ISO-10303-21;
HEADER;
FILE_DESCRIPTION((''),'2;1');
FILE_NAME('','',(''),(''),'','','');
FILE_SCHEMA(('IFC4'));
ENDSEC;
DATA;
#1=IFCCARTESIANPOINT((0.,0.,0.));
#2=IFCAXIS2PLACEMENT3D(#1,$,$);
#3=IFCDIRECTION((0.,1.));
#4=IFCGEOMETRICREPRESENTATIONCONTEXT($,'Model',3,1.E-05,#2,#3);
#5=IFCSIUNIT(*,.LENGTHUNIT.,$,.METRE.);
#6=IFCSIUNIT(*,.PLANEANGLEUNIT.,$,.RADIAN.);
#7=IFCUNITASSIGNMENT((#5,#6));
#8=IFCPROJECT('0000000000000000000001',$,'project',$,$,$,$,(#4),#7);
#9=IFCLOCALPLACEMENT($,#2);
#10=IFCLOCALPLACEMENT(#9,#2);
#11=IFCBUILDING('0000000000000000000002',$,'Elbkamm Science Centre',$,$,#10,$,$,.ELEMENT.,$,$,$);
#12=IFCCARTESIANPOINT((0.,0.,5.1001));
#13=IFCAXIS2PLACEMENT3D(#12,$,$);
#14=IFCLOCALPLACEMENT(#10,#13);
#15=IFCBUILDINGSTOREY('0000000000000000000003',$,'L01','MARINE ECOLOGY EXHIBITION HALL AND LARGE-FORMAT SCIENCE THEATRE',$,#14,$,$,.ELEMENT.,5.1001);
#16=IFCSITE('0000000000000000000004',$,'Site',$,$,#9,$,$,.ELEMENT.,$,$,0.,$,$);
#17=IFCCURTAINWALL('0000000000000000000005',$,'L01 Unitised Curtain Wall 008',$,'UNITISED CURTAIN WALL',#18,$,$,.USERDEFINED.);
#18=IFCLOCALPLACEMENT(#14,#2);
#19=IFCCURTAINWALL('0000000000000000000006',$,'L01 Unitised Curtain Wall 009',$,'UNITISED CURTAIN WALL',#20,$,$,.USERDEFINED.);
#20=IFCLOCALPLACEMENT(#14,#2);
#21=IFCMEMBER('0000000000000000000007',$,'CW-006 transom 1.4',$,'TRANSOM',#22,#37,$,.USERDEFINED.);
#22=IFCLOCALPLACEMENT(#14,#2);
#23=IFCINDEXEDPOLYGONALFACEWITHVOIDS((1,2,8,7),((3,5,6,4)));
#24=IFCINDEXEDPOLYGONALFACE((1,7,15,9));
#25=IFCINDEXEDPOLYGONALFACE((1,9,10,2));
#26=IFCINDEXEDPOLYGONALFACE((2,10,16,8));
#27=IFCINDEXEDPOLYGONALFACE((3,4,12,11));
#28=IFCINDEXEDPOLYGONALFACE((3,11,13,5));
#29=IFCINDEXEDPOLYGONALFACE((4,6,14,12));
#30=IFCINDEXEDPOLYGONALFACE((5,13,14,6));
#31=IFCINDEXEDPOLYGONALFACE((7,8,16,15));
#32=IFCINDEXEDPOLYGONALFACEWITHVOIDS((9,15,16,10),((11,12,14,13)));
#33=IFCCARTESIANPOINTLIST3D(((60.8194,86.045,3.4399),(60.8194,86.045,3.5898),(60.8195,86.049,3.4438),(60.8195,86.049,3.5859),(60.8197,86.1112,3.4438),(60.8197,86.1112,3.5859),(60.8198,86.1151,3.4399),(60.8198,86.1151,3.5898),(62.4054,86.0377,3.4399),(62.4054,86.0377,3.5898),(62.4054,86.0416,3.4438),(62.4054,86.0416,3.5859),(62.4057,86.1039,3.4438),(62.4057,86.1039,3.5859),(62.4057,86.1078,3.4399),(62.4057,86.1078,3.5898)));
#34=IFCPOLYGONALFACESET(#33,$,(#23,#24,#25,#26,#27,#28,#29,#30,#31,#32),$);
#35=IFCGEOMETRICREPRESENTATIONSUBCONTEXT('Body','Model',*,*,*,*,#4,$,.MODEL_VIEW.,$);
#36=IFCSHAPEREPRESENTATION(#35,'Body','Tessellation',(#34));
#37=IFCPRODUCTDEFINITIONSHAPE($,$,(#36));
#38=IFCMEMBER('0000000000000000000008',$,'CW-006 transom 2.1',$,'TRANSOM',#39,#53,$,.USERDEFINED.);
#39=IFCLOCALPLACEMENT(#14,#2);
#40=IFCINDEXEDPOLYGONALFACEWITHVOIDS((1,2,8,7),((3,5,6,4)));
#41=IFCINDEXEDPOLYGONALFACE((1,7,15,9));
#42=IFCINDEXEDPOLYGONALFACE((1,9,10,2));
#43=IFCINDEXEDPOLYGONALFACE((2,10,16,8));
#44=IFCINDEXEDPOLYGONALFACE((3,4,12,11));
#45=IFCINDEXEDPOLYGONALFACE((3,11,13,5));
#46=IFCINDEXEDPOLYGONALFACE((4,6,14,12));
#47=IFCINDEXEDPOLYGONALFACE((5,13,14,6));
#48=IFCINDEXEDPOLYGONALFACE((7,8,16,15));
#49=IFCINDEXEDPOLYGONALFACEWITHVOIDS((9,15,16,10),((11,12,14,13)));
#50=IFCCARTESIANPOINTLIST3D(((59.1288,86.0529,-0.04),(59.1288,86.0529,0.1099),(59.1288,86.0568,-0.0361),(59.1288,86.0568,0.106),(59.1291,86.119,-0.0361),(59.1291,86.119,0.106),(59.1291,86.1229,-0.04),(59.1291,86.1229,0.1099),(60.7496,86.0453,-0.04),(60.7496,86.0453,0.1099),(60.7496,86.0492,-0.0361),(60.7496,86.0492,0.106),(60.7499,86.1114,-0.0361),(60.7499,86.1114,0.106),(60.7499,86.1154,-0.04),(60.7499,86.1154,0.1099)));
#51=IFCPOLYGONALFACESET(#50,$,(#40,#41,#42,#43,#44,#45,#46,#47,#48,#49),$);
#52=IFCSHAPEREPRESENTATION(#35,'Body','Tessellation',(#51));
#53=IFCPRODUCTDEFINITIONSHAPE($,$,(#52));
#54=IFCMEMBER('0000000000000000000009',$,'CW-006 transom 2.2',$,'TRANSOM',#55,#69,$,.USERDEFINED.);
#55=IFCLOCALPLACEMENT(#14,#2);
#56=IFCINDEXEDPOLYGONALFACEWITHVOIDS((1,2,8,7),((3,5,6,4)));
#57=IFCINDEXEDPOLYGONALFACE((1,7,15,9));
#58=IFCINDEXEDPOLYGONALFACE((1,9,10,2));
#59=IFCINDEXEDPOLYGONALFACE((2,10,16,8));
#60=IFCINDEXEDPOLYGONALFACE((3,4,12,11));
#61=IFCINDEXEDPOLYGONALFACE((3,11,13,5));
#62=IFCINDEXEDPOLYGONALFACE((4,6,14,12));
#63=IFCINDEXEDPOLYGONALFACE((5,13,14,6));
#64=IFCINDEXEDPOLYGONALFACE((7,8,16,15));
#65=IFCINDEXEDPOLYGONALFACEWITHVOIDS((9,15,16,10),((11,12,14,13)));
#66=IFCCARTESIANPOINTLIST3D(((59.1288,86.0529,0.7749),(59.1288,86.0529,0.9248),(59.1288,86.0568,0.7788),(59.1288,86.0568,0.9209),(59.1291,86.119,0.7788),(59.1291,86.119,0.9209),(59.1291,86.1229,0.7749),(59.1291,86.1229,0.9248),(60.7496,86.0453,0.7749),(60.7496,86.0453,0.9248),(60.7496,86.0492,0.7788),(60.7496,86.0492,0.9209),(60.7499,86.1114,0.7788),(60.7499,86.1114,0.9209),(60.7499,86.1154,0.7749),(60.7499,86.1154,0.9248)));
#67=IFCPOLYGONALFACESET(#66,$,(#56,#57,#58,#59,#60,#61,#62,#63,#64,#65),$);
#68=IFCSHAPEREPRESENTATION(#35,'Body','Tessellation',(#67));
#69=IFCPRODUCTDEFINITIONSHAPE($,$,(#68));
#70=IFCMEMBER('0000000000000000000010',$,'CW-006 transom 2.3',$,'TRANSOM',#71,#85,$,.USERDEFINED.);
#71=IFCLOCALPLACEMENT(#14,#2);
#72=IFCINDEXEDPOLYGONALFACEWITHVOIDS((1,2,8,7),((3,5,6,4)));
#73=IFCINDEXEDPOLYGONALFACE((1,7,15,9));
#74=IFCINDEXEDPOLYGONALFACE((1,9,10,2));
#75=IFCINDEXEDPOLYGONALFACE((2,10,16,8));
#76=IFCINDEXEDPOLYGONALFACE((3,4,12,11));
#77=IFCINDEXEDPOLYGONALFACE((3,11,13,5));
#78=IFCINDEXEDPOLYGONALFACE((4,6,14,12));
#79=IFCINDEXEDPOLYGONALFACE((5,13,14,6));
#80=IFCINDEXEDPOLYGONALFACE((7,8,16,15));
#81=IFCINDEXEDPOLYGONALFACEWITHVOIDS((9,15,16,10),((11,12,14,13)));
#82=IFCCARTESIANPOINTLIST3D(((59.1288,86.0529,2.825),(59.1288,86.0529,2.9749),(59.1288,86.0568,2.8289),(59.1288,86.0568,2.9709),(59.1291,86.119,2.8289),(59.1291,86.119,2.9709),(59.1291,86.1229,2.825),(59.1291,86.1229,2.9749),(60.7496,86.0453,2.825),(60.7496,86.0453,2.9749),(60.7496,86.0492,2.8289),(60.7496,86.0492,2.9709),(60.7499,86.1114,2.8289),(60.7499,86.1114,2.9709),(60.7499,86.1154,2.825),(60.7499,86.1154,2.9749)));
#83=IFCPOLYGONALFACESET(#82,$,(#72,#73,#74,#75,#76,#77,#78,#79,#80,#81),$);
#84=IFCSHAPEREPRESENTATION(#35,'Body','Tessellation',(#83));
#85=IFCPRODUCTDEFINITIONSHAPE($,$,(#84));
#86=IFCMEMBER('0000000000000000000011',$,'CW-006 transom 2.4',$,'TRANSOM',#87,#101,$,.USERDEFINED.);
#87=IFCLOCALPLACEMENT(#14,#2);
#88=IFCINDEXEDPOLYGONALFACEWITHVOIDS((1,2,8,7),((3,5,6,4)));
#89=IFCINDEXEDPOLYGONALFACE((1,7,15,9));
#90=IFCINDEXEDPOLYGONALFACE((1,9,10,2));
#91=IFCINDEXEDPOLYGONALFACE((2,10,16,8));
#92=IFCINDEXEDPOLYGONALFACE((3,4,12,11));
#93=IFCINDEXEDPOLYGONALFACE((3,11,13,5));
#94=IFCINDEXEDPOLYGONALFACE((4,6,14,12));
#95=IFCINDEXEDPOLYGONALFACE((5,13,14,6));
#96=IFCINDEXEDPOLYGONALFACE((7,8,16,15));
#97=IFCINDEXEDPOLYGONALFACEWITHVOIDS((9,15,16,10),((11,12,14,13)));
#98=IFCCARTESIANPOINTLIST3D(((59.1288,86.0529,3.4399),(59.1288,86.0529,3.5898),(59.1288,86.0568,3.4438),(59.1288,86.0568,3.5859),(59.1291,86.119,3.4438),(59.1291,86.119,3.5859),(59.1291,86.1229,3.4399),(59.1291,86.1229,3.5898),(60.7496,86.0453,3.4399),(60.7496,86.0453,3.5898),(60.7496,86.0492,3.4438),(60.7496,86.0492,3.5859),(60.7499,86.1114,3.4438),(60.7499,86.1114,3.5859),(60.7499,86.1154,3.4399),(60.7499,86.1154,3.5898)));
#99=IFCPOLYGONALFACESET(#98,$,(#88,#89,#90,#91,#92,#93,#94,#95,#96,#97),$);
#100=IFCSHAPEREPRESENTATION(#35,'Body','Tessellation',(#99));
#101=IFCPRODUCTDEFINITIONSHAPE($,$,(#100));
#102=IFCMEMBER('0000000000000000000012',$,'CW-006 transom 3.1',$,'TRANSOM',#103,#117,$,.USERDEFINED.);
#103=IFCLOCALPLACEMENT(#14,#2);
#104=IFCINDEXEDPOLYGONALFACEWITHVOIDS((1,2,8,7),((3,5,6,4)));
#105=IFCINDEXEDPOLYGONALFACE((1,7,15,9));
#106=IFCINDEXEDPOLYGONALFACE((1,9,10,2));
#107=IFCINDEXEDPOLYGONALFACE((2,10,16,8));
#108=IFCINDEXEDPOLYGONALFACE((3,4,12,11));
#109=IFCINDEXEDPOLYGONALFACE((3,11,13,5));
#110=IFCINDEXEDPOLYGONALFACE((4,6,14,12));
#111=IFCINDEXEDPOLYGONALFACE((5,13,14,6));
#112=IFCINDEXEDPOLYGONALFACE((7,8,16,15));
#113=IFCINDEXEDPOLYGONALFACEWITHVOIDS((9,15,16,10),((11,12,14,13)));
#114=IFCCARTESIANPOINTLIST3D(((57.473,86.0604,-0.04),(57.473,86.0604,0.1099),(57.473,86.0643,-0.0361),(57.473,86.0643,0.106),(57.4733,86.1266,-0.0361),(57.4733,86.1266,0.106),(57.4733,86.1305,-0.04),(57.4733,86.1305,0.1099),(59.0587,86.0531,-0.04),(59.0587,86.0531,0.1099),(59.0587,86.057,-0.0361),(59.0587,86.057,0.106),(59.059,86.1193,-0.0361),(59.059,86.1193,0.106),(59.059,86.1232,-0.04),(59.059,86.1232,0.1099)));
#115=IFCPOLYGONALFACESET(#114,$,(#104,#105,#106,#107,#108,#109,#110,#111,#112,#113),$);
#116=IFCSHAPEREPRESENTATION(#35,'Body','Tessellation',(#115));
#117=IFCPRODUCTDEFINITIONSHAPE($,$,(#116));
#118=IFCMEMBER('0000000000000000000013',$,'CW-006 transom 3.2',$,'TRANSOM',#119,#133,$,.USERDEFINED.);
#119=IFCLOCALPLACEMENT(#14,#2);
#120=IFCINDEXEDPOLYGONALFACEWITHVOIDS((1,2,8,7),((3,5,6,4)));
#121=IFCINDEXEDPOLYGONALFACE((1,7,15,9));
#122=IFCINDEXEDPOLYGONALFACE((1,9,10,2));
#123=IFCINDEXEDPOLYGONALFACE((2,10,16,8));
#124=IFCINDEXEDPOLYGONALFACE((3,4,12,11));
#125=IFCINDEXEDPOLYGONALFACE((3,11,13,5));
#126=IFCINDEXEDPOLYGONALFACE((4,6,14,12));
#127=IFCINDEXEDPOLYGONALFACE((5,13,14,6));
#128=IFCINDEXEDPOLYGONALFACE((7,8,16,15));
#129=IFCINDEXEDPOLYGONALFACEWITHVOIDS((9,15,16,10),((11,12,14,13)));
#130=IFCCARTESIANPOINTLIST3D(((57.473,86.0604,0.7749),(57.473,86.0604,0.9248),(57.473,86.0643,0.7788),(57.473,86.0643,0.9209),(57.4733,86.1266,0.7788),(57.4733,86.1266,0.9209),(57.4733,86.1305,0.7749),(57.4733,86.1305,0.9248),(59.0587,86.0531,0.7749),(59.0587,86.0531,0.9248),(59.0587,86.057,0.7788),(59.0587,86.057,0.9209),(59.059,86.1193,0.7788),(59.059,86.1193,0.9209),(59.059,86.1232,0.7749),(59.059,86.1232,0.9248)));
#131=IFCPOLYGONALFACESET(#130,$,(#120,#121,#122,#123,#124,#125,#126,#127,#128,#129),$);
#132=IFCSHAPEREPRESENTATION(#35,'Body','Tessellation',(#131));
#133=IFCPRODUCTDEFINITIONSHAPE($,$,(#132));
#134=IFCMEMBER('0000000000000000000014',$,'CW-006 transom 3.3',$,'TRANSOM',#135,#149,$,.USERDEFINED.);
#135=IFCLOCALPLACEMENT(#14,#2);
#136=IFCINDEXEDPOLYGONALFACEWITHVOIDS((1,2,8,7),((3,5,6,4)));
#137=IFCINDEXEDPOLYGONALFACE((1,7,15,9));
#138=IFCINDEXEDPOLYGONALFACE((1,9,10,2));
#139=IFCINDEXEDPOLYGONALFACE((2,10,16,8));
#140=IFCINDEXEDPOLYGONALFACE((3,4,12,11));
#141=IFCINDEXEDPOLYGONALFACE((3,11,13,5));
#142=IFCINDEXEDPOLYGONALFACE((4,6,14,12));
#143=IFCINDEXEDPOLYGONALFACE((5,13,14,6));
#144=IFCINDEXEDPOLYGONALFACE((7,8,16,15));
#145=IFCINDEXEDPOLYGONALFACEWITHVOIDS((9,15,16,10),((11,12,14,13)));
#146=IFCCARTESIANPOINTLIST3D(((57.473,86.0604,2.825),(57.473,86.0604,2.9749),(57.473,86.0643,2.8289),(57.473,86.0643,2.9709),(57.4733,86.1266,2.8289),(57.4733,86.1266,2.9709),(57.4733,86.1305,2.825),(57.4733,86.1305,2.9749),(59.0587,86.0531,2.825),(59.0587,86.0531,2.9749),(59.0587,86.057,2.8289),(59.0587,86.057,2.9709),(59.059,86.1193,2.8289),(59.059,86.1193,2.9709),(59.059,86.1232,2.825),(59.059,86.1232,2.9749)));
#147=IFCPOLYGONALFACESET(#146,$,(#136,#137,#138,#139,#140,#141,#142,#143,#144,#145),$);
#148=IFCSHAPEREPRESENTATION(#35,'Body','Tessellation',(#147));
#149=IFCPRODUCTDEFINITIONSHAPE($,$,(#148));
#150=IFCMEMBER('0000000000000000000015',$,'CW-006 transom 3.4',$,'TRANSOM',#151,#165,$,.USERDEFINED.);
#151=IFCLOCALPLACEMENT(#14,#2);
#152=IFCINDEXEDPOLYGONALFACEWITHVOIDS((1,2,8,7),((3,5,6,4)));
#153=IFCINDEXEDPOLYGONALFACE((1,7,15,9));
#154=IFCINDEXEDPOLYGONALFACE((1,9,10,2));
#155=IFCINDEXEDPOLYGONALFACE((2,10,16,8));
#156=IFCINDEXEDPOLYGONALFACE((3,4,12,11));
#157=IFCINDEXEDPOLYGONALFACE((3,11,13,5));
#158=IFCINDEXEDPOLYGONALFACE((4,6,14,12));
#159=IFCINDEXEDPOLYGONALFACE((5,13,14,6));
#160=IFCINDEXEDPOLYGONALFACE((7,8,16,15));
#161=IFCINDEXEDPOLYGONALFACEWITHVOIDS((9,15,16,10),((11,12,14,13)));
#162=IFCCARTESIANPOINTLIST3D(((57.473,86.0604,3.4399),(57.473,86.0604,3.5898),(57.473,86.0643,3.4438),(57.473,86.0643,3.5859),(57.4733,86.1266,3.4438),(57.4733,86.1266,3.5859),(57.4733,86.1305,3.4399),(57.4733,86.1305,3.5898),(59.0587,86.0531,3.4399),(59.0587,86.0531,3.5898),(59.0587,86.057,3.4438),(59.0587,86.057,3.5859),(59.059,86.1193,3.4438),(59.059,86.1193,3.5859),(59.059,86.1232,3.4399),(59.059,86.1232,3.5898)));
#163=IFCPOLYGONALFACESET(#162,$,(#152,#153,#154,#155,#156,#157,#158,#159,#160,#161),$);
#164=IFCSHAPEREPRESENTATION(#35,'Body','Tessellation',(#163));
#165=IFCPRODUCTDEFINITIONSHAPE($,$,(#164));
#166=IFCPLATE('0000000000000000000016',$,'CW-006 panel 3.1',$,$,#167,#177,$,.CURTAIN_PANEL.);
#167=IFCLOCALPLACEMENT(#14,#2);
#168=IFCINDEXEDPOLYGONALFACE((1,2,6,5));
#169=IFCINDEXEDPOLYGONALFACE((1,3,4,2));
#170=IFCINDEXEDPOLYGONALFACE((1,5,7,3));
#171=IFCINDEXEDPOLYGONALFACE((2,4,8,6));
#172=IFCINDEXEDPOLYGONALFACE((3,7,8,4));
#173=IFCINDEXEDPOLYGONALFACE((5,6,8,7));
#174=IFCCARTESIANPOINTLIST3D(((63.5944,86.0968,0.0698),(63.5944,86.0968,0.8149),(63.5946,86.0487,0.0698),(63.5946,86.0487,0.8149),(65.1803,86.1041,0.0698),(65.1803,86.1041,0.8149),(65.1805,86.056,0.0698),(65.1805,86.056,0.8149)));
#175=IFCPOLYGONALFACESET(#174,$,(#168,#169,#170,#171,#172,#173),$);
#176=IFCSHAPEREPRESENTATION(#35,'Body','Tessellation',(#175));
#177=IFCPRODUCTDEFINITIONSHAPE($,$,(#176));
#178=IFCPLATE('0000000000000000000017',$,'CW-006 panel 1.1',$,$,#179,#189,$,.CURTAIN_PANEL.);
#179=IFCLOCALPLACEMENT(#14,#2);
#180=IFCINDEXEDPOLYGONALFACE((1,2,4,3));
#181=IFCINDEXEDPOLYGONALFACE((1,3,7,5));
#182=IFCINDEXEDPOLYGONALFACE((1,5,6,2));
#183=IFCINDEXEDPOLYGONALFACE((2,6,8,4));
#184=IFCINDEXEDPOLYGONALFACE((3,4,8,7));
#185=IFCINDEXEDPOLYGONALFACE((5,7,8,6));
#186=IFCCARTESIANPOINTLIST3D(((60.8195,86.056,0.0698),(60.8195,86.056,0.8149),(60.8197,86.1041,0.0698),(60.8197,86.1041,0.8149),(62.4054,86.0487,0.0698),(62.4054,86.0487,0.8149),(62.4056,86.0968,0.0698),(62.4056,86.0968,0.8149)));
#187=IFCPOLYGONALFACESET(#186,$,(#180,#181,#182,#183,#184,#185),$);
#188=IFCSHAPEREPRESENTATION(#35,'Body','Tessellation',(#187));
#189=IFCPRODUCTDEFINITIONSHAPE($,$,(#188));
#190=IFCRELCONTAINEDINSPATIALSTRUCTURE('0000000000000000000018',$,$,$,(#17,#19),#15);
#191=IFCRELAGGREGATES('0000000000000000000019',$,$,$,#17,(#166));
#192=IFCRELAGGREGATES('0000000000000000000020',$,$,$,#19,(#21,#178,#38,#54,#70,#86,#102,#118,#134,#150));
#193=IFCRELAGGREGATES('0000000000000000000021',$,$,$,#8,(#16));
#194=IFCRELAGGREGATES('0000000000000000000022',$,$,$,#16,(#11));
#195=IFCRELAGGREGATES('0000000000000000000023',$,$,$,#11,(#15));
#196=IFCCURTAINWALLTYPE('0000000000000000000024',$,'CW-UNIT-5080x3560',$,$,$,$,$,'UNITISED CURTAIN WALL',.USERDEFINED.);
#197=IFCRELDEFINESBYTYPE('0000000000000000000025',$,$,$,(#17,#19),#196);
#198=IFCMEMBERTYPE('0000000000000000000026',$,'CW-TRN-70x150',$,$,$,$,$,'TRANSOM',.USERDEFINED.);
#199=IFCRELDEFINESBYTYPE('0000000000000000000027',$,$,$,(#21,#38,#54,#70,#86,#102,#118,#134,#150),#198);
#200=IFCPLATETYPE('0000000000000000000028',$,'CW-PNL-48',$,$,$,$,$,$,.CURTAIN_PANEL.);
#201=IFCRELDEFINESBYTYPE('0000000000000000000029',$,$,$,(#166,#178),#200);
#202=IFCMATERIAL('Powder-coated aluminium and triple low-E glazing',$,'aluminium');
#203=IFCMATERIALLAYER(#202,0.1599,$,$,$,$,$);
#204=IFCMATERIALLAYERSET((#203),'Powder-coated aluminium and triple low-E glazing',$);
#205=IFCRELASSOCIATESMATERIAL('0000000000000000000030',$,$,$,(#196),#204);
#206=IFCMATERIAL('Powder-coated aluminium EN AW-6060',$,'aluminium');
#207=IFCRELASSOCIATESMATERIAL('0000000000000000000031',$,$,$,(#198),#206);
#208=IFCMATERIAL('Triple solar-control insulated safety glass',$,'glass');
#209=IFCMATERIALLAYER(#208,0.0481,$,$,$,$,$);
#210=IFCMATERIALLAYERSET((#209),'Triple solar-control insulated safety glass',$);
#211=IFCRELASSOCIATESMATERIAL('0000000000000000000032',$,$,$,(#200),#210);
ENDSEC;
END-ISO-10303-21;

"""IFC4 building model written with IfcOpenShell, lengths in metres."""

from ifc_helpers import new_model, si_unit, direction, frame, origin, origin_2d, place, context, subcontext, project, spatial, rectangle, hollow_rectangle, extrude, material, layer, layer_set, material_profile, profile_set, type_object, element, aggregate, save


model = new_model("IFC4")

# Units and contexts
model_context = context("Model", 3, precision=1e-05, world=origin(), true_north=direction((0.0, 1.0)))
body_context = subcontext(model_context, "Body", "Model", "MODEL_VIEW")
ifc_project = project(units=[si_unit("LENGTHUNIT", "METRE"), si_unit("PLANEANGLEUNIT", "RADIAN")], contexts=[model_context])

# Site, building, storey
site_placement = place(None, origin())
site = spatial("IfcSite", under=ifc_project, at=site_placement, Name="Site", CompositionType="ELEMENT", RefElevation=0.0)
building_placement = place(site_placement, origin())
building = spatial("IfcBuilding", under=site, at=building_placement, Name="Elbkamm Science Centre", CompositionType="ELEMENT")
storey_placement = place(building_placement, frame((0.0, 0.0, 5.1001)))
storey = spatial("IfcBuildingStorey", under=building, at=storey_placement, Name="L01", Description="MARINE ECOLOGY EXHIBITION HALL AND LARGE-FORMAT SCIENCE THEATRE", CompositionType="ELEMENT", Elevation=5.1001)

# Curtain wall
ifc_material_1 = material(Name="Powder-coated aluminium and triple low-E glazing", Category="aluminium")
ifc_layer_1 = layer(ifc_material_1, 0.1599)
ifc_layer_set_1 = layer_set([ifc_layer_1], Name="Powder-coated aluminium and triple low-E glazing")
curtain_wall_type = type_object("IfcCurtainWallType", Name="CW-UNIT-5080x3560", ElementType="UNITISED CURTAIN WALL", PredefinedType="USERDEFINED", material=ifc_layer_set_1)
curtain_wall_1_placement = place(storey_placement, origin())
curtain_wall_1 = element("IfcCurtainWall", 1, at=curtain_wall_1_placement, inside=storey, type_object=curtain_wall_type, Name="L01 Unitised Curtain Wall 008", ObjectType="UNITISED CURTAIN WALL", PredefinedType="USERDEFINED")
ifc_material_2 = material(Name="Powder-coated aluminium EN AW-6060", Category="aluminium")

# Curtain wall, members
curtain_wall_2_placement = place(storey_placement, origin())
curtain_wall_2 = element("IfcCurtainWall", 2, at=curtain_wall_2_placement, inside=storey, type_object=curtain_wall_type, Name="L01 Unitised Curtain Wall 009", ObjectType="UNITISED CURTAIN WALL", PredefinedType="USERDEFINED")
ifc_material_profile_1 = material_profile(ifc_material_2, hollow_rectangle(XDim=0.0701, YDim=0.1499, WallThickness=0.0039, at=origin_2d()), Name="ALU T70x150")
ifc_profile_set_1 = profile_set([ifc_material_profile_1], Name="Powder-coated aluminium EN AW-6060")
member_type_1 = type_object("IfcMemberType", Name="CW-TRN-70x150", ElementType="TRANSOM", PredefinedType="USERDEFINED", material=ifc_profile_set_1)
member_1_placement = place(storey_placement, frame((62.4055, 86.0728, 3.5149), z_axis=(-0.999989, 0.004618, 0.0), x_axis=(-0.004618, -0.999989, 0.0)))
member_1 = element("IfcMember", 3, at=member_1_placement, type_object=member_type_1, Name="CW-006 transom 1.4", ObjectType="TRANSOM", PredefinedType="USERDEFINED", context=body_context, shape_type="SweptSolid", body=[
    extrude(hollow_rectangle(XDim=0.0701, YDim=0.1499, WallThickness=0.0039, at=origin_2d()), origin(), (0.0, 0.0, 1.0), 1.5859),
])
member_2_placement = place(storey_placement, frame((60.7498, 86.0803, 0.0349), z_axis=(-0.999989, 0.004669, 0.0), x_axis=(-0.004669, -0.999989, 0.0)))
member_2 = element("IfcMember", 4, at=member_2_placement, type_object=member_type_1, Name="CW-006 transom 2.1", ObjectType="TRANSOM", PredefinedType="USERDEFINED", context=body_context, shape_type="SweptSolid", body=[
    extrude(hollow_rectangle(XDim=0.0701, YDim=0.1499, WallThickness=0.0039, at=origin_2d()), origin(), (0.0, 0.0, 1.0), 1.6208),
])
member_3_placement = place(storey_placement, frame((60.7498, 86.0803, 0.8499), z_axis=(-0.999989, 0.004669, 0.0), x_axis=(-0.004669, -0.999989, 0.0)))
member_3 = element("IfcMember", 5, at=member_3_placement, type_object=member_type_1, Name="CW-006 transom 2.2", ObjectType="TRANSOM", PredefinedType="USERDEFINED", context=body_context, shape_type="SweptSolid", body=[
    extrude(hollow_rectangle(XDim=0.0701, YDim=0.1499, WallThickness=0.0039, at=origin_2d()), origin(), (0.0, 0.0, 1.0), 1.6208),
])
member_4_placement = place(storey_placement, frame((60.7498, 86.0803, 2.8999), z_axis=(-0.999989, 0.004669, 0.0), x_axis=(-0.004669, -0.999989, 0.0)))
member_4 = element("IfcMember", 6, at=member_4_placement, type_object=member_type_1, Name="CW-006 transom 2.3", ObjectType="TRANSOM", PredefinedType="USERDEFINED", context=body_context, shape_type="SweptSolid", body=[
    extrude(hollow_rectangle(XDim=0.0701, YDim=0.1499, WallThickness=0.0039, at=origin_2d()), origin(), (0.0, 0.0, 1.0), 1.6208),
])
member_5_placement = place(storey_placement, frame((60.7498, 86.0803, 3.5149), z_axis=(-0.999989, 0.004669, 0.0), x_axis=(-0.004669, -0.999989, 0.0)))
member_5 = element("IfcMember", 7, at=member_5_placement, type_object=member_type_1, Name="CW-006 transom 2.4", ObjectType="TRANSOM", PredefinedType="USERDEFINED", context=body_context, shape_type="SweptSolid", body=[
    extrude(hollow_rectangle(XDim=0.0701, YDim=0.1499, WallThickness=0.0039, at=origin_2d()), origin(), (0.0, 0.0, 1.0), 1.6208),
])
member_6_placement = place(storey_placement, frame((59.0588, 86.0881, 0.0349), z_axis=(-0.999989, 0.004619, 0.0), x_axis=(-0.004619, -0.999989, 0.0)))
member_6 = element("IfcMember", 8, at=member_6_placement, type_object=member_type_1, Name="CW-006 transom 3.1", ObjectType="TRANSOM", PredefinedType="USERDEFINED", context=body_context, shape_type="SweptSolid", body=[
    extrude(hollow_rectangle(XDim=0.0701, YDim=0.1499, WallThickness=0.0039, at=origin_2d()), origin(), (0.0, 0.0, 1.0), 1.5857),
])
member_7_placement = place(storey_placement, frame((59.0588, 86.0881, 0.8499), z_axis=(-0.999989, 0.004619, 0.0), x_axis=(-0.004619, -0.999989, 0.0)))
member_7 = element("IfcMember", 9, at=member_7_placement, type_object=member_type_1, Name="CW-006 transom 3.2", ObjectType="TRANSOM", PredefinedType="USERDEFINED", context=body_context, shape_type="SweptSolid", body=[
    extrude(hollow_rectangle(XDim=0.0701, YDim=0.1499, WallThickness=0.0039, at=origin_2d()), origin(), (0.0, 0.0, 1.0), 1.5857),
])
member_8_placement = place(storey_placement, frame((59.0588, 86.0881, 2.8999), z_axis=(-0.999989, 0.004619, 0.0), x_axis=(-0.004619, -0.999989, 0.0)))
member_8 = element("IfcMember", 10, at=member_8_placement, type_object=member_type_1, Name="CW-006 transom 3.3", ObjectType="TRANSOM", PredefinedType="USERDEFINED", context=body_context, shape_type="SweptSolid", body=[
    extrude(hollow_rectangle(XDim=0.0701, YDim=0.1499, WallThickness=0.0039, at=origin_2d()), origin(), (0.0, 0.0, 1.0), 1.5857),
])
member_9_placement = place(storey_placement, frame((59.0588, 86.0881, 3.5149), z_axis=(-0.999989, 0.004619, 0.0), x_axis=(-0.004619, -0.999989, 0.0)))
member_9 = element("IfcMember", 11, at=member_9_placement, type_object=member_type_1, Name="CW-006 transom 3.4", ObjectType="TRANSOM", PredefinedType="USERDEFINED", context=body_context, shape_type="SweptSolid", body=[
    extrude(hollow_rectangle(XDim=0.0701, YDim=0.1499, WallThickness=0.0039, at=origin_2d()), origin(), (0.0, 0.0, 1.0), 1.5857),
])

# Plates
ifc_material_3 = material(Name="Triple solar-control insulated safety glass", Category="glass")
ifc_layer_2 = layer(ifc_material_3, 0.0481)
ifc_layer_set_2 = layer_set([ifc_layer_2], Name="Triple solar-control insulated safety glass")
plate_type = type_object("IfcPlateType", Name="CW-PNL-48", PredefinedType="CURTAIN_PANEL", material=ifc_layer_set_2)
plate_1_placement = place(storey_placement, frame((64.3875, 86.0764, 0.0698), z_axis=(0.0, 0.0, 1.0), x_axis=(-0.999989, -0.004633, 0.0)))
plate_1 = element("IfcPlate", 12, at=plate_1_placement, type_object=plate_type, Name="CW-006 panel 3.1", PredefinedType="CURTAIN_PANEL", context=body_context, shape_type="SweptSolid", body=[
    extrude(rectangle(XDim=1.5859, YDim=0.0481, at=origin_2d()), origin(), (0.0, 0.0, 1.0), 0.7451),
])
aggregate(curtain_wall_1, [plate_1])
plate_2_placement = place(storey_placement, frame((61.6125, 86.0764, 0.0698), z_axis=(0.0, 0.0, 1.0), x_axis=(-0.999989, 0.004633, 0.0)))
plate_2 = element("IfcPlate", 13, at=plate_2_placement, type_object=plate_type, Name="CW-006 panel 1.1", PredefinedType="CURTAIN_PANEL", context=body_context, shape_type="SweptSolid", body=[
    extrude(rectangle(XDim=1.5859, YDim=0.0481, at=origin_2d()), origin(), (0.0, 0.0, 1.0), 0.7451),
])
aggregate(curtain_wall_2, [member_1, plate_2, member_2, member_3, member_4, member_5, member_6, member_7, member_8, member_9])

save(model, "model.ifc")
